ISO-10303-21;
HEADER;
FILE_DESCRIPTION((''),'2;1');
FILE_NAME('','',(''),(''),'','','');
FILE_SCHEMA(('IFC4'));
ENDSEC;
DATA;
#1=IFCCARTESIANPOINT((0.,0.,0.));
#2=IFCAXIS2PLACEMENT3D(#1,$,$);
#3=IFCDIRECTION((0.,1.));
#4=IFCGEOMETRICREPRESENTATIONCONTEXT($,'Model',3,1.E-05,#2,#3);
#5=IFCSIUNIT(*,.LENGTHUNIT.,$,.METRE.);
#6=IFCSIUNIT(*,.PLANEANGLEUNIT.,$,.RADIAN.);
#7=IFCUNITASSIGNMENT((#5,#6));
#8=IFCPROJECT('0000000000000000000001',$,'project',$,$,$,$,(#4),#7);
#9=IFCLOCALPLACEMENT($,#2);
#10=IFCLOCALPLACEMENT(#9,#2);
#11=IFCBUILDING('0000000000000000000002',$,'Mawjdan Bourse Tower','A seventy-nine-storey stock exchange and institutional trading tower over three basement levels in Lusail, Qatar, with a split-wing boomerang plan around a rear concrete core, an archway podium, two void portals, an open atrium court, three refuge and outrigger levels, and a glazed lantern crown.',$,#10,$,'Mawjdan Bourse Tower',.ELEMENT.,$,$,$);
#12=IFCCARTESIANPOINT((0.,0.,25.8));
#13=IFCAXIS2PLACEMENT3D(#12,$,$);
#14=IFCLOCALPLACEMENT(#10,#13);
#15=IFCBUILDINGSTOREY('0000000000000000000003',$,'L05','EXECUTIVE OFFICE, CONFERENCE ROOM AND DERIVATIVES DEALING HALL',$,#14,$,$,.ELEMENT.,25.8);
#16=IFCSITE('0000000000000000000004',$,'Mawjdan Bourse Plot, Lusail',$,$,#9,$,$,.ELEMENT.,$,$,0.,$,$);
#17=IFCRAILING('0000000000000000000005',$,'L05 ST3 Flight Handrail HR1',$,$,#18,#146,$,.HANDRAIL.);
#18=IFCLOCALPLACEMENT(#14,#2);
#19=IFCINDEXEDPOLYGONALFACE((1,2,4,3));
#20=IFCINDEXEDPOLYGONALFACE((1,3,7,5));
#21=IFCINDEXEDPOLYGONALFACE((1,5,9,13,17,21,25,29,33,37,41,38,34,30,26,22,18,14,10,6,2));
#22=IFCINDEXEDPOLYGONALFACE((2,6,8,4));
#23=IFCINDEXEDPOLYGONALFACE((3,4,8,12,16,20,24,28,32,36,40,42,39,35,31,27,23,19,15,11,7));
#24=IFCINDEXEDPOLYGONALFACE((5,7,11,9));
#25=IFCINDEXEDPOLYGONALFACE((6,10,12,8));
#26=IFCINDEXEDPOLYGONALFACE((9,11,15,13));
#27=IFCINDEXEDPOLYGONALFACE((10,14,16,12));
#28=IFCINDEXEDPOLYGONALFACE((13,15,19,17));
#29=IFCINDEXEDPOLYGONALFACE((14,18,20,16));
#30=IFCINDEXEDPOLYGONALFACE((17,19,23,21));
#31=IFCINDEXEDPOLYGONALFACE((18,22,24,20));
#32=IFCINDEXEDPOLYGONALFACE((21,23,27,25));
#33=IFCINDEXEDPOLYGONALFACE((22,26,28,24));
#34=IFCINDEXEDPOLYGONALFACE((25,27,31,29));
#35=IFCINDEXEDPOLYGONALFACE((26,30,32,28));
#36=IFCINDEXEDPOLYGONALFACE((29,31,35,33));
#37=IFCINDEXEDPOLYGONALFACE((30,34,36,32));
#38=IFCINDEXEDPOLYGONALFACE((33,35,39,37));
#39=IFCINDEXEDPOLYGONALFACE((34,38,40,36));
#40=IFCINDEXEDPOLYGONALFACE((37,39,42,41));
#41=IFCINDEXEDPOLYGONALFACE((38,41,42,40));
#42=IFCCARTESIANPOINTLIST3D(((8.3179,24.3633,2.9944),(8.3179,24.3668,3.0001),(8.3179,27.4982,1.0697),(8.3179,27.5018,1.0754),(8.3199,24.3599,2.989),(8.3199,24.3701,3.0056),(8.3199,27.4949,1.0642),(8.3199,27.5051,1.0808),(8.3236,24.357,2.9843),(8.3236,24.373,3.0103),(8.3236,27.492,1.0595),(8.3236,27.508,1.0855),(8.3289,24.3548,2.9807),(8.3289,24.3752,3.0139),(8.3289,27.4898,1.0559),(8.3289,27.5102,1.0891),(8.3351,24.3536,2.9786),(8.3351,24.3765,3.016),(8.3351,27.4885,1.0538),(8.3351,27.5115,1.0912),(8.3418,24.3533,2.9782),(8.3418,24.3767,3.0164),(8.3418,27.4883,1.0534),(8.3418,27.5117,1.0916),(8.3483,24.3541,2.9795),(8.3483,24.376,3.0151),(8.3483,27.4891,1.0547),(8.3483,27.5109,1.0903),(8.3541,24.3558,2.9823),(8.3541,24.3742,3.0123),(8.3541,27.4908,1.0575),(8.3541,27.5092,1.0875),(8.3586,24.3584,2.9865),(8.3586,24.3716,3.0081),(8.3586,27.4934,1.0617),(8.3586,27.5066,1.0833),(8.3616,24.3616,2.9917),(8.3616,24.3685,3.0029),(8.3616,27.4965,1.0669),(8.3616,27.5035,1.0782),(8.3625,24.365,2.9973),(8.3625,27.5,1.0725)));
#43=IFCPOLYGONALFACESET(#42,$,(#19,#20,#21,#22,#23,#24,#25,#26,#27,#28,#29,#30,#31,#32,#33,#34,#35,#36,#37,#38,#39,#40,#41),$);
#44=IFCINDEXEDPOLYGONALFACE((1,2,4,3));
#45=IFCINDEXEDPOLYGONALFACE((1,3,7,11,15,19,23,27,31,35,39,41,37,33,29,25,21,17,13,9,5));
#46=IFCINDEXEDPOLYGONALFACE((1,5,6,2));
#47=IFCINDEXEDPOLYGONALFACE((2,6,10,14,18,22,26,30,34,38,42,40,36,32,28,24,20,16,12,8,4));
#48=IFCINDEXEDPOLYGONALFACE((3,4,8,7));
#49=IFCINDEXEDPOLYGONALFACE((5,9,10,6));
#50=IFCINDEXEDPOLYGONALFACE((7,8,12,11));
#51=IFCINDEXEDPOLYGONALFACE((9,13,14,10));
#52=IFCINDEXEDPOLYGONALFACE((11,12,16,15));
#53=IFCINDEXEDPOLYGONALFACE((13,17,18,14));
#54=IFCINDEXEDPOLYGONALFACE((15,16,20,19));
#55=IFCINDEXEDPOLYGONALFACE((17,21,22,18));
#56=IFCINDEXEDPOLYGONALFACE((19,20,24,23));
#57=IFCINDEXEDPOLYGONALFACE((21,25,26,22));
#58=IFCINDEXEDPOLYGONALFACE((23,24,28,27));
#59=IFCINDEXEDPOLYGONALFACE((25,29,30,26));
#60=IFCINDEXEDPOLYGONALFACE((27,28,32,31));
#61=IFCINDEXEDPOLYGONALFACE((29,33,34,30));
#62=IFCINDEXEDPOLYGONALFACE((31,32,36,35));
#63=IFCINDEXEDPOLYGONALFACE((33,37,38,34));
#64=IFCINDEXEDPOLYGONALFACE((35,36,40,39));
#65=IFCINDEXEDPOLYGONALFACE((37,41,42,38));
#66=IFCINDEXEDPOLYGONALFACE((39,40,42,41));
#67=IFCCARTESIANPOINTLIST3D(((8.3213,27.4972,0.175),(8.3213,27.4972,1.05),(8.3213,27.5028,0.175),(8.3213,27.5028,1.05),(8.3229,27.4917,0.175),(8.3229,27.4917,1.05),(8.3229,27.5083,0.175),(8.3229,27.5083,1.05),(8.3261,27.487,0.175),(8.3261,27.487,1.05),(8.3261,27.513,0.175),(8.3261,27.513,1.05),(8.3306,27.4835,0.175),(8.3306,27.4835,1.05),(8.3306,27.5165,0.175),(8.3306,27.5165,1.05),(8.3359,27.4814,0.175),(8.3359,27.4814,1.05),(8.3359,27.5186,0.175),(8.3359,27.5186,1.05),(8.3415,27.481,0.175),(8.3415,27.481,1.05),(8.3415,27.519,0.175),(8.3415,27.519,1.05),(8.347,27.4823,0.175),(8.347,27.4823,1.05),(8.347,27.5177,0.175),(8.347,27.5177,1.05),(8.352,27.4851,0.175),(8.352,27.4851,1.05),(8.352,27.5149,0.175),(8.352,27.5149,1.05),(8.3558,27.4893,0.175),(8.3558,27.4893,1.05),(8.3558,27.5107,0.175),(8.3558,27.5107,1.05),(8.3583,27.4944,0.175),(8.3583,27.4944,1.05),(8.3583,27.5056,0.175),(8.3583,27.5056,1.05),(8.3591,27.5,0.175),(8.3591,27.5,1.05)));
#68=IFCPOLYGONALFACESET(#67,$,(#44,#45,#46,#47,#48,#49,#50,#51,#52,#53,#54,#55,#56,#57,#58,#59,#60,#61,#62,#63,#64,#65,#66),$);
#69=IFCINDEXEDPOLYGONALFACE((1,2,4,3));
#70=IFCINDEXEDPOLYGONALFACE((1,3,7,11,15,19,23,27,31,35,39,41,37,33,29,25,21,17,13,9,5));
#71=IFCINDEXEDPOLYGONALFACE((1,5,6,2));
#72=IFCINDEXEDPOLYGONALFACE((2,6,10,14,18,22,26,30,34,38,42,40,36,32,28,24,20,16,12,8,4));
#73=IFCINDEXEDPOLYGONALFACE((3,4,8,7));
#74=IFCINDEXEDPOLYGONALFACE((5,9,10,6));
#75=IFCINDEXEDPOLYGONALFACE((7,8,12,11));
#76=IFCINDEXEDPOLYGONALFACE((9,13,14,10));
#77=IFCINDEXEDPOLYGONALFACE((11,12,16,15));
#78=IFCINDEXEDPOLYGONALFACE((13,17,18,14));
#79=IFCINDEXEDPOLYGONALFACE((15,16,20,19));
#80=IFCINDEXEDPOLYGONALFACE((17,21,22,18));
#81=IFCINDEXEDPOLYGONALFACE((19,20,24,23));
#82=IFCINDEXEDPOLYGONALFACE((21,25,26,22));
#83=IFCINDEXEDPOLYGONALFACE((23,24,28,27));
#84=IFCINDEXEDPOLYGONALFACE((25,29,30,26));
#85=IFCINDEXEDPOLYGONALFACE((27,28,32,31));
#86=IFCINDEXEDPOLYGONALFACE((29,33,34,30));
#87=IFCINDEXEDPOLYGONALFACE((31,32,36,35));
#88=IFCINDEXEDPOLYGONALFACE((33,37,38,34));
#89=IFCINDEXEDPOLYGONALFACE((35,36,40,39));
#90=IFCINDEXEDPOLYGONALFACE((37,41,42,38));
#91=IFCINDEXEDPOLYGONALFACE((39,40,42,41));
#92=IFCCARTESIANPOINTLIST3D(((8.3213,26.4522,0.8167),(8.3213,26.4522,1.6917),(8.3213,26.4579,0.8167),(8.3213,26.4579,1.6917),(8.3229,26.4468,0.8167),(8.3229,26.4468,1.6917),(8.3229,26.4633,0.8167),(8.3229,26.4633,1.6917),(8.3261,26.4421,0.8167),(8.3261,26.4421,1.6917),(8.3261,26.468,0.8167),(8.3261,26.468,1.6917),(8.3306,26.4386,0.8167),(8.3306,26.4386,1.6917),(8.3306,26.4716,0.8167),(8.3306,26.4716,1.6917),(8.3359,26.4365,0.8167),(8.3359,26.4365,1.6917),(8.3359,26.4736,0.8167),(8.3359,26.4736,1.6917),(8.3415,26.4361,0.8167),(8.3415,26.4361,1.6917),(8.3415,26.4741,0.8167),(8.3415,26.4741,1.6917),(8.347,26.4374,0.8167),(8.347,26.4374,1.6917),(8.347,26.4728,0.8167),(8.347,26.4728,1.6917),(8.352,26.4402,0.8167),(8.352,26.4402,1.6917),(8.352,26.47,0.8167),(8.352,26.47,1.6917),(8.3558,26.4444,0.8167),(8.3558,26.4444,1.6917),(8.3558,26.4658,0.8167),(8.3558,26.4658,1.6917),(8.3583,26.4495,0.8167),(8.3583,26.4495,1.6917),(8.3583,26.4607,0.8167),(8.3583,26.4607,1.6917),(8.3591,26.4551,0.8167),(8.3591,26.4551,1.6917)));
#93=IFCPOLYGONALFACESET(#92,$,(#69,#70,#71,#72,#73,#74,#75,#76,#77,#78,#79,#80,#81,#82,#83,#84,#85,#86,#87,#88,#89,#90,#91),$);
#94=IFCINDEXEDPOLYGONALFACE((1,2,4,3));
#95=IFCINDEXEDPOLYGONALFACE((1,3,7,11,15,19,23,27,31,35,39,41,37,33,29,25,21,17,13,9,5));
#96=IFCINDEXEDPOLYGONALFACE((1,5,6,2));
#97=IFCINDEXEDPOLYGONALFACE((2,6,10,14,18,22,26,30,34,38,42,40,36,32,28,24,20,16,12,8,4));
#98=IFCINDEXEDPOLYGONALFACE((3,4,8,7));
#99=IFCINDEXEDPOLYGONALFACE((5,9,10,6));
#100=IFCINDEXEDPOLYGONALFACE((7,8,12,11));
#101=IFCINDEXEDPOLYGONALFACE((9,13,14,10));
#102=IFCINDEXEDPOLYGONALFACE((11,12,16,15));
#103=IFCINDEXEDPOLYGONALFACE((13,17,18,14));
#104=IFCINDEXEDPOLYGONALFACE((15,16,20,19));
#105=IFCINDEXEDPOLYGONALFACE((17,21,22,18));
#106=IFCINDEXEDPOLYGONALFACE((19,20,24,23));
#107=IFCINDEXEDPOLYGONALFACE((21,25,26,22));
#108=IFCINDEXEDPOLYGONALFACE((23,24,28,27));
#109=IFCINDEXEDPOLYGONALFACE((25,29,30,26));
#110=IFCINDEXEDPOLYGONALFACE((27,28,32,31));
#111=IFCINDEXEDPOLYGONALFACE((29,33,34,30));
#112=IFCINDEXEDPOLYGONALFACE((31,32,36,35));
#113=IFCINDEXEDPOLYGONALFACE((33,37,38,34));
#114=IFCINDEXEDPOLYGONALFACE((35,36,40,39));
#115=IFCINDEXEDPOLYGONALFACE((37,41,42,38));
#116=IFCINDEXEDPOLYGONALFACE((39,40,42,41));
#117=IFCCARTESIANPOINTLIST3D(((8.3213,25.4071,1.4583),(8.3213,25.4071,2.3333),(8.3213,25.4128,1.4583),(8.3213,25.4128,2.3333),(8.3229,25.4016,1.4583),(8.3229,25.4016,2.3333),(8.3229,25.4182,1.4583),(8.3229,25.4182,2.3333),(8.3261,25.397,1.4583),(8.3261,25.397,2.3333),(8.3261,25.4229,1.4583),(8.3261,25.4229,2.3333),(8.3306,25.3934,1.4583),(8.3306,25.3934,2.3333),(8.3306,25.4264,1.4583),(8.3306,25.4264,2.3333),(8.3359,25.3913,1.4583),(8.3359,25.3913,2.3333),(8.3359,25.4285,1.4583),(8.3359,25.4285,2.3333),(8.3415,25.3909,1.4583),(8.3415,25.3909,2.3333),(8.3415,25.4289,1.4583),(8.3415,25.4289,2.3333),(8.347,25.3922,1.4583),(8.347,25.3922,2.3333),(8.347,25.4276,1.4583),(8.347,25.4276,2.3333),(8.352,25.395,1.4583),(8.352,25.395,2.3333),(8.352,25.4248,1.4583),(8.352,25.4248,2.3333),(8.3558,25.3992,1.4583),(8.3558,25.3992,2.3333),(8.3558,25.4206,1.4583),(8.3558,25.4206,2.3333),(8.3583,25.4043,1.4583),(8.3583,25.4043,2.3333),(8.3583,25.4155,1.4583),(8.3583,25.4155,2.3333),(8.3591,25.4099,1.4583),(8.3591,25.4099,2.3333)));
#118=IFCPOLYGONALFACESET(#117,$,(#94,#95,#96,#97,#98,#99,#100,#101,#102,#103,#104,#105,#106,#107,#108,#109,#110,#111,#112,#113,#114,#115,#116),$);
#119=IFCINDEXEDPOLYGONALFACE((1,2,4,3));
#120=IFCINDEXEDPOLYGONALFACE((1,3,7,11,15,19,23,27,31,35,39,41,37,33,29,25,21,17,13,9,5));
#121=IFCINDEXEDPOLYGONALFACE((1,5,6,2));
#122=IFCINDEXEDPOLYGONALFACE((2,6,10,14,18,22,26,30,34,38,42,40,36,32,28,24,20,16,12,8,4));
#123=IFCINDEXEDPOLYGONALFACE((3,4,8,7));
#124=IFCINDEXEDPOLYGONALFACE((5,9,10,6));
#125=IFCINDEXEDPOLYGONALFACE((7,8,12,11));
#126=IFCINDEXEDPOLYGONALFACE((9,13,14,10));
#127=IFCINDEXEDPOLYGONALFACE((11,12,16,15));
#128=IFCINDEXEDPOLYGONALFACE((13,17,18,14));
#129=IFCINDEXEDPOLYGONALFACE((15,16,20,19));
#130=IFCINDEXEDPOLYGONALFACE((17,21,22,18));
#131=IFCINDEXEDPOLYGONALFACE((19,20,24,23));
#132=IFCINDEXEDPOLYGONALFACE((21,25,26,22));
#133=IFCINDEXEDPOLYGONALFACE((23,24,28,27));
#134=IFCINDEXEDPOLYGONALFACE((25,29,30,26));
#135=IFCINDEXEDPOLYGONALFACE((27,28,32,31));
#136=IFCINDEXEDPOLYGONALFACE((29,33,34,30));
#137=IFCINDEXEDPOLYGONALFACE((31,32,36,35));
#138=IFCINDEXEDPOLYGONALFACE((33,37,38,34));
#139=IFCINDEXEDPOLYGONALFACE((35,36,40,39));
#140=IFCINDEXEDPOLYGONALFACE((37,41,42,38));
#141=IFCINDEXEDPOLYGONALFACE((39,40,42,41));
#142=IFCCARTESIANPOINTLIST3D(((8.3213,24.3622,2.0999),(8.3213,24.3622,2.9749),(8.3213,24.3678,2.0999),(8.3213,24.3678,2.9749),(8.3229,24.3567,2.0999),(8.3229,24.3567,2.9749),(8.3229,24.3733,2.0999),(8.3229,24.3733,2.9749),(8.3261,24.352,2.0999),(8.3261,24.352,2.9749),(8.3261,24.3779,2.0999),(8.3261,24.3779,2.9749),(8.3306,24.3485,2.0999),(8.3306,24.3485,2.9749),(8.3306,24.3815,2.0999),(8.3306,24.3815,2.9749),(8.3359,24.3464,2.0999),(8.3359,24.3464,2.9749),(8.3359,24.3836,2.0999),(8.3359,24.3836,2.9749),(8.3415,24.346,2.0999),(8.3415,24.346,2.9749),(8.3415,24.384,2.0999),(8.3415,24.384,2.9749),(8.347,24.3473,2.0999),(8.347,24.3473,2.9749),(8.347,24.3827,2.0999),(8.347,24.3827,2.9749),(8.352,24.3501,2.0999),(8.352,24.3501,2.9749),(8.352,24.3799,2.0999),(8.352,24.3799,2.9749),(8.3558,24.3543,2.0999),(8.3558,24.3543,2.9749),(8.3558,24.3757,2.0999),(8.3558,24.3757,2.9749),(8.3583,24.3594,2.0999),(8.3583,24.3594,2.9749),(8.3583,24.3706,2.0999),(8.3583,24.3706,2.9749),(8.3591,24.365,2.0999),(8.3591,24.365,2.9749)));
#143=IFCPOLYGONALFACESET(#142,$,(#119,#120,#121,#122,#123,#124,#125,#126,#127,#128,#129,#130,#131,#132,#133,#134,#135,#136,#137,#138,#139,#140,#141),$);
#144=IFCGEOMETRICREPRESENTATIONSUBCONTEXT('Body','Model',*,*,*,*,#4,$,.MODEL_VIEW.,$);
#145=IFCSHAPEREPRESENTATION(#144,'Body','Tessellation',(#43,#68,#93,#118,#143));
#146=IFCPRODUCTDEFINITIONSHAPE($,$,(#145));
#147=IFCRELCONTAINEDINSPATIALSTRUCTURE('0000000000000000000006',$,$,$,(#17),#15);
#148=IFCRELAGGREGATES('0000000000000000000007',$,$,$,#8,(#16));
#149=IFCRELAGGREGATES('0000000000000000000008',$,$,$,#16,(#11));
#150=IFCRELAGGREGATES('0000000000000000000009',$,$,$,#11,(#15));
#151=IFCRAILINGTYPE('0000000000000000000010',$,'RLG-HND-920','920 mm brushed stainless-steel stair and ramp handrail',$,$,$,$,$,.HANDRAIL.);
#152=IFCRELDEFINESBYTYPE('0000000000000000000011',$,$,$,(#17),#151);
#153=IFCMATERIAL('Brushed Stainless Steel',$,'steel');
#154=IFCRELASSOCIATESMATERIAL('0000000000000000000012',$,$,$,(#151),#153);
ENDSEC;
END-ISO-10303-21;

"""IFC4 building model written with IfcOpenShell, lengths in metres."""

from ifc_helpers import new_model, si_unit, direction, frame, origin, origin_2d, place, context, subcontext, project, spatial, circle, extrude, material, type_object, element, save


model = new_model("IFC4")

# Units and contexts
model_context = context("Model", 3, precision=1e-05, world=origin(), true_north=direction((0.0, 1.0)))
body_context = subcontext(model_context, "Body", "Model", "MODEL_VIEW")
ifc_project = project(units=[si_unit("LENGTHUNIT", "METRE"), si_unit("PLANEANGLEUNIT", "RADIAN")], contexts=[model_context])

# Site, building, storey
site_placement = place(None, origin())
site = spatial("IfcSite", under=ifc_project, at=site_placement, Name="Mawjdan Bourse Plot, Lusail", CompositionType="ELEMENT", RefElevation=0.0)
building_placement = place(site_placement, origin())
building = spatial("IfcBuilding", under=site, at=building_placement, Name="Mawjdan Bourse Tower", Description="A seventy-nine-storey stock exchange and institutional trading tower over three basement levels in Lusail, Qatar, with a split-wing boomerang plan around a rear concrete core, an archway podium, two void portals, an open atrium court, three refuge and outrigger levels, and a glazed lantern crown.", LongName="Mawjdan Bourse Tower", CompositionType="ELEMENT")
storey_placement = place(building_placement, frame((0.0, 0.0, 25.8)))
storey = spatial("IfcBuildingStorey", under=building, at=storey_placement, Name="L05", Description="EXECUTIVE OFFICE, CONFERENCE ROOM AND DERIVATIVES DEALING HALL", CompositionType="ELEMENT", Elevation=25.8)

# Railing
ifc_material_1 = material(Name="Brushed Stainless Steel", Category="steel")
railing_type_1 = type_object("IfcRailingType", Name="RLG-HND-920", Description="920 mm brushed stainless-steel stair and ramp handrail", PredefinedType="HANDRAIL", material=ifc_material_1)
railing_1_placement = place(storey_placement, frame((8.3401, 27.5, 0.175)))
element("IfcRailing", 1, at=railing_1_placement, inside=storey, type_object=railing_type_1, Name="L05 ST3 Flight Handrail HR1", PredefinedType="HANDRAIL", context=body_context, shape_type="SweptSolid", body=[
    extrude(circle(Radius=0.0225, at=origin_2d()), frame((0.0, 0.0, 0.8975), z_axis=(0.0, -0.852196, 0.523223), x_axis=(1.0, 0.0, 0.0)), (0.0, 0.0, 1.0), 3.6787),
    extrude(circle(Radius=0.019, at=origin_2d()), origin(), (0.0, 0.0, 1.0), 0.875),
    extrude(circle(Radius=0.019, at=origin_2d()), frame((0.0, -1.0449, 0.6416)), (0.0, 0.0, 1.0), 0.875),
    extrude(circle(Radius=0.019, at=origin_2d()), frame((0.0, -2.0901, 1.2832)), (0.0, 0.0, 1.0), 0.875),
    extrude(circle(Radius=0.019, at=origin_2d()), frame((0.0, -3.135, 1.9248)), (0.0, 0.0, 1.0), 0.875),
])

save(model, "model.ifc")
